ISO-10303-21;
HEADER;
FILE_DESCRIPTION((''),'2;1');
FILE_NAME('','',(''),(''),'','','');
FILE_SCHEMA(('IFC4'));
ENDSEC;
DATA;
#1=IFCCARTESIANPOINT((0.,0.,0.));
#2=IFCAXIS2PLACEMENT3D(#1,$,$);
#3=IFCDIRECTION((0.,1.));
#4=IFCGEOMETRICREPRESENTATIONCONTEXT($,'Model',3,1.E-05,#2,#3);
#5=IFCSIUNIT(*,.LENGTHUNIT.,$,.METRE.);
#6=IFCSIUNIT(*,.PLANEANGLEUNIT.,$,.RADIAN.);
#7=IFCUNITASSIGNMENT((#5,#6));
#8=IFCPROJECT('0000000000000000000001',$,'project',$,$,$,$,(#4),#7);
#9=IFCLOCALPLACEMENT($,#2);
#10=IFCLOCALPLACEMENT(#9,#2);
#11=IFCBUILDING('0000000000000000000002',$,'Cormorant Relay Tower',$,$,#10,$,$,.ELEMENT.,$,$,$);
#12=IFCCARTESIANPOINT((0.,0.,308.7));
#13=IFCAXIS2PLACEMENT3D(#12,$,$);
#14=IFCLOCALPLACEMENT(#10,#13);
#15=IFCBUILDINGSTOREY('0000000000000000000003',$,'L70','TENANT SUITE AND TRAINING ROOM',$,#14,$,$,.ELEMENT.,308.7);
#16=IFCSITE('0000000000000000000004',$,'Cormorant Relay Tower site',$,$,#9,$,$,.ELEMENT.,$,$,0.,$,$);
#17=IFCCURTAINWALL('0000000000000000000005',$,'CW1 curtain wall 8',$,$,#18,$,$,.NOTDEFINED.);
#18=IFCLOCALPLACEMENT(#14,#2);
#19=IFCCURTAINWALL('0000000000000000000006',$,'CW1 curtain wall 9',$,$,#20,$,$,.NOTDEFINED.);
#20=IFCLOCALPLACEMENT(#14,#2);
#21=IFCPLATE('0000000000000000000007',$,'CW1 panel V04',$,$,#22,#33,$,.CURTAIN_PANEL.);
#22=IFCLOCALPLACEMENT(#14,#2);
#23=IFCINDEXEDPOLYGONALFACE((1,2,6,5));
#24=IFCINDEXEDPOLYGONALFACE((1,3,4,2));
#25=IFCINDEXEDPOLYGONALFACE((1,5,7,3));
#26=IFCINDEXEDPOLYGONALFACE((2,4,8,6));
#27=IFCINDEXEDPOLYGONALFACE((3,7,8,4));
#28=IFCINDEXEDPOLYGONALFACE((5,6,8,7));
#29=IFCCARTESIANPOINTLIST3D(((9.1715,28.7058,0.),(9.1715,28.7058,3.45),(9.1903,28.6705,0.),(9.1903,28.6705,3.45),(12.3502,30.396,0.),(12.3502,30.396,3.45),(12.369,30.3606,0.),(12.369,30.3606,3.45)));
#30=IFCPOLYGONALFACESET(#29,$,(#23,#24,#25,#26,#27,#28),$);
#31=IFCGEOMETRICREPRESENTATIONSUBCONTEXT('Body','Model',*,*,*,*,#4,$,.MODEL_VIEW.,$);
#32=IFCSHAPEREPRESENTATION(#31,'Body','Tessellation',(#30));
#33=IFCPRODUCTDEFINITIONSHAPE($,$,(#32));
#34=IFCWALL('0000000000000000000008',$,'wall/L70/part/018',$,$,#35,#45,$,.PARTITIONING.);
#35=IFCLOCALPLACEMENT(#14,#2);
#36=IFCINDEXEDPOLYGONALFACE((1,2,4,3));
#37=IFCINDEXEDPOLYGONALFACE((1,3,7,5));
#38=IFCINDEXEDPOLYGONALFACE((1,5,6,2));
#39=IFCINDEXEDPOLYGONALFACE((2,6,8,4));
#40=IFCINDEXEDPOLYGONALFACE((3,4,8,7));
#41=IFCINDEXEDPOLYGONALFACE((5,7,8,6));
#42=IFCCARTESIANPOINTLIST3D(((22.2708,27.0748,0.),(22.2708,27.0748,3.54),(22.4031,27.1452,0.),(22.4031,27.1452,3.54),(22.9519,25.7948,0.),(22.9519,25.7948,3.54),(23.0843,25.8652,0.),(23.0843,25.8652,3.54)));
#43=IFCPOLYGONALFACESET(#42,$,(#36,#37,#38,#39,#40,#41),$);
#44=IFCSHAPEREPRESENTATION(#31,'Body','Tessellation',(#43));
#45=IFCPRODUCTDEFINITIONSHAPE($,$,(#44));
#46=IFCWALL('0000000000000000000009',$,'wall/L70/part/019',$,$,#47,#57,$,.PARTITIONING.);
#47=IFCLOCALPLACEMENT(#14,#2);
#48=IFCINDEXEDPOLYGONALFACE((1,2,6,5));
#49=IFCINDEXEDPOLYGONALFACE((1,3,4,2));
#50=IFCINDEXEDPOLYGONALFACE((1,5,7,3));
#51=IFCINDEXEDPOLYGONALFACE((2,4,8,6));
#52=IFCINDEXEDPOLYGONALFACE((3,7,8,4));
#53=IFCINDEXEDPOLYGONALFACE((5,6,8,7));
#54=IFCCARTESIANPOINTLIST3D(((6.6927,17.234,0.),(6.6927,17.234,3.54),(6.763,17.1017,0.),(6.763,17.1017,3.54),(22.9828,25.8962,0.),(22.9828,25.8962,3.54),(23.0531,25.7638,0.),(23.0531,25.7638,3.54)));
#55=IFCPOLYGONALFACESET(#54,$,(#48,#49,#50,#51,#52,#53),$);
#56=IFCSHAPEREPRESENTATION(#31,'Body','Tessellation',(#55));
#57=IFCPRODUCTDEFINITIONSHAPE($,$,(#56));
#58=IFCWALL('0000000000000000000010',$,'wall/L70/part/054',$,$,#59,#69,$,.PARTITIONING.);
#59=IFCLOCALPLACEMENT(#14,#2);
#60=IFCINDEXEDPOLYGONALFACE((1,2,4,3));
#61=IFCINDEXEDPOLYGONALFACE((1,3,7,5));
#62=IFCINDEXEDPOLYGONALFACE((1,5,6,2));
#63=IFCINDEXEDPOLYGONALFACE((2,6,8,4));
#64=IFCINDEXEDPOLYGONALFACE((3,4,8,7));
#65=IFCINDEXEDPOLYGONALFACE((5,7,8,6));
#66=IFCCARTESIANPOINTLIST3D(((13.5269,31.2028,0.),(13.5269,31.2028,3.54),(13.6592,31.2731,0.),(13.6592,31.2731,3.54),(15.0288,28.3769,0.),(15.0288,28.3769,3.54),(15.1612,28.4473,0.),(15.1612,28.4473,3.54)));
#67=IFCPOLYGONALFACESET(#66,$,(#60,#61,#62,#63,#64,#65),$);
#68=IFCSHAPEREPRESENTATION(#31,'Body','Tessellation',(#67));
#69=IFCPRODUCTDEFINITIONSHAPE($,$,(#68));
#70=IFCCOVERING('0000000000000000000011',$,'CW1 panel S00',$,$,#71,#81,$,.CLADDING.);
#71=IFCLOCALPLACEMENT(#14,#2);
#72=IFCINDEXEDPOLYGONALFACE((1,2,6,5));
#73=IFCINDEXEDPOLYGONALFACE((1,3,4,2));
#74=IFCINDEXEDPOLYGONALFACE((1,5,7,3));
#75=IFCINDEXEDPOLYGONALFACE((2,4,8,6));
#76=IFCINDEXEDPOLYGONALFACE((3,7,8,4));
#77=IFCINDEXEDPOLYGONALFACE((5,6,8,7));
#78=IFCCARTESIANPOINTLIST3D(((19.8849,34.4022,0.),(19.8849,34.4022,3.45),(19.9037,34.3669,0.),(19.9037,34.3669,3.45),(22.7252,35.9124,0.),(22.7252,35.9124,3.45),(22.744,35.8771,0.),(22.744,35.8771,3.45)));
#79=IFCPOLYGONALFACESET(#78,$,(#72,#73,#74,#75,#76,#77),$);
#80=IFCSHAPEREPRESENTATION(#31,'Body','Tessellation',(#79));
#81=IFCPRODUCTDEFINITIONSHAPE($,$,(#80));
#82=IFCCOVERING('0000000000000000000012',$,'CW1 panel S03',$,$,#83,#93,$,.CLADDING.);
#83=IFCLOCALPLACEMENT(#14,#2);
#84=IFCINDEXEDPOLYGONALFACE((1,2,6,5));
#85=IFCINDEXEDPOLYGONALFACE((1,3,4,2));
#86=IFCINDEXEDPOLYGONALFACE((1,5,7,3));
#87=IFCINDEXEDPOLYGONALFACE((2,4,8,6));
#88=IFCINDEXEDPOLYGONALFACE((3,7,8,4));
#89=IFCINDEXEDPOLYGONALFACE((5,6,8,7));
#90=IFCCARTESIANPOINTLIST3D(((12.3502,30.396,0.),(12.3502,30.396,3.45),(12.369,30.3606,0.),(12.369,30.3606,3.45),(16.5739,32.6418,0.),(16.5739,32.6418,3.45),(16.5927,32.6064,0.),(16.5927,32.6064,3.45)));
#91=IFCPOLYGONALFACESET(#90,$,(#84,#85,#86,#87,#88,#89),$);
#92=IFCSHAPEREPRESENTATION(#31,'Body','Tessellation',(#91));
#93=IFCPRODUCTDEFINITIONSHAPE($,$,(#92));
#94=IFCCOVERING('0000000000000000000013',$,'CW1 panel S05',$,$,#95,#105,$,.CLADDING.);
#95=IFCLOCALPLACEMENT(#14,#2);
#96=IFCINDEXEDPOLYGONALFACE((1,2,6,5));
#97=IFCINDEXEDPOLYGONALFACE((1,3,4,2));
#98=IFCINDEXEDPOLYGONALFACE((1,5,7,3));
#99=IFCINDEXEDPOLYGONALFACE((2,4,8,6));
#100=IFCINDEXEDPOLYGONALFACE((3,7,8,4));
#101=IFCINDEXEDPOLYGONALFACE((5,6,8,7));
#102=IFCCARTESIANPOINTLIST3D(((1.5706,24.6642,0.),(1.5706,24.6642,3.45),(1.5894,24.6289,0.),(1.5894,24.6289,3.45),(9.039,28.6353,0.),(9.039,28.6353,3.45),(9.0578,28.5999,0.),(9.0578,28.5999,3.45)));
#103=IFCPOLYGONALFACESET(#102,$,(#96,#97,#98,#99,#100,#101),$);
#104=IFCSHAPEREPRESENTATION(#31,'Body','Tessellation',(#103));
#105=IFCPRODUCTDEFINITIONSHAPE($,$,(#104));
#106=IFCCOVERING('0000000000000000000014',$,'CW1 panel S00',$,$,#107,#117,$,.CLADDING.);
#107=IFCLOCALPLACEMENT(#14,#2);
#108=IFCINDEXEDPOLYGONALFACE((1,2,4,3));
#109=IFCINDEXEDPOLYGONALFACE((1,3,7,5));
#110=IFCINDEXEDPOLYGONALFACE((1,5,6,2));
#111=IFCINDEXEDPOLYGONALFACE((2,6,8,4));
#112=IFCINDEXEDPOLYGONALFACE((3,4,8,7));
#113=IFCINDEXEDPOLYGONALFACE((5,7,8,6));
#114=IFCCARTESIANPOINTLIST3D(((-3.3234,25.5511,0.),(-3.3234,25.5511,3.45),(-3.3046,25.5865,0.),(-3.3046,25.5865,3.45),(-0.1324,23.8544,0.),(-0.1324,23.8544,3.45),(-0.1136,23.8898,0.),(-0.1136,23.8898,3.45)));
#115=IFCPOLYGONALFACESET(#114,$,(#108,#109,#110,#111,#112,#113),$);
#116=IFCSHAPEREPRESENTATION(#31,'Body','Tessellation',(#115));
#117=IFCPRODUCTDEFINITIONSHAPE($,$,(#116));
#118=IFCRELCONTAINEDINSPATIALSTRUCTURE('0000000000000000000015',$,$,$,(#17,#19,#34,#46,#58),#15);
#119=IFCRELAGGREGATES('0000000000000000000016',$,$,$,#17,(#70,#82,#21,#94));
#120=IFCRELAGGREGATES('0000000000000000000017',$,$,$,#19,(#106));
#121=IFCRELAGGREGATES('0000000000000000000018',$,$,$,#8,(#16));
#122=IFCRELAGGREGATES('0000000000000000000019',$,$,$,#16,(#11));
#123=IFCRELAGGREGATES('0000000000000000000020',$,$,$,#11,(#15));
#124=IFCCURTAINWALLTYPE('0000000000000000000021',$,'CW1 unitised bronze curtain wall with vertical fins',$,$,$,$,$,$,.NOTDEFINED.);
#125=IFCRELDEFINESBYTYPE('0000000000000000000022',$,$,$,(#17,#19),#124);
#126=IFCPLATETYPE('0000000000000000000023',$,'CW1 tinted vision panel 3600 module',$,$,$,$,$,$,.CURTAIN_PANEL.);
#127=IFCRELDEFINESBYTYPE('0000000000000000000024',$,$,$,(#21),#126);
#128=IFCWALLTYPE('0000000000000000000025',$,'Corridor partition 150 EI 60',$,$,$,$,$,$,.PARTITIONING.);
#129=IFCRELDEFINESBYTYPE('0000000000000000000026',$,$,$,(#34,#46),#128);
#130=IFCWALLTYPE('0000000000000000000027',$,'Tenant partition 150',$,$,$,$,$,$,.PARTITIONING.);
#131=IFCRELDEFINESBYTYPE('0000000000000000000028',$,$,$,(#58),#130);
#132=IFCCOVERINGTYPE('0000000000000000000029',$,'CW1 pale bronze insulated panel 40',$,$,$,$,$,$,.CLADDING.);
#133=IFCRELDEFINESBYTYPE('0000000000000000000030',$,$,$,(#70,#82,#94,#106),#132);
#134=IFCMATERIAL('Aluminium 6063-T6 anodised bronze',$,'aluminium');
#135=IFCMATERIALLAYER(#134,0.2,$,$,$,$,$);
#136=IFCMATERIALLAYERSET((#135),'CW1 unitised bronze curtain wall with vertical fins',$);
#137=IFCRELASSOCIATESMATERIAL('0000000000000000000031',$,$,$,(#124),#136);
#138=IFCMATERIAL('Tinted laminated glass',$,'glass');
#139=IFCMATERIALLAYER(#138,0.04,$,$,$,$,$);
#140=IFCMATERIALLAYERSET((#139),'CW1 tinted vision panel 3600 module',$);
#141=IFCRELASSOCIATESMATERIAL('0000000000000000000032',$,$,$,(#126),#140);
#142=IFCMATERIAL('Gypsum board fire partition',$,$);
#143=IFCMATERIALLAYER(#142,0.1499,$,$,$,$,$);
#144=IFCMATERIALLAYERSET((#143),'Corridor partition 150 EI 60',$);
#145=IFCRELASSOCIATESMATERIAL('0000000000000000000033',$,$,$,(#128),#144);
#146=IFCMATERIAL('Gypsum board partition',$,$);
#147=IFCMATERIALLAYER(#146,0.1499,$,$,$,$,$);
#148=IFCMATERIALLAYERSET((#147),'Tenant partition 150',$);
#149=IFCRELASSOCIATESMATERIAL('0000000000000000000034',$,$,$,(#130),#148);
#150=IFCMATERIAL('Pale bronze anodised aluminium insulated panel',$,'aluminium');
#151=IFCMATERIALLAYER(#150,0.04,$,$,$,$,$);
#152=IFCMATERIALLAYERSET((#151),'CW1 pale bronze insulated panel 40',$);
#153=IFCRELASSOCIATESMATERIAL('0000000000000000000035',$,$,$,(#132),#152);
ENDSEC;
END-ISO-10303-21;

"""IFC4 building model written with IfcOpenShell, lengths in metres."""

from ifc_helpers import new_model, si_unit, direction, frame, frame_2d, origin, origin_2d, place, context, subcontext, project, spatial, rectangle, extrude, material, layer, layer_set, type_object, element, aggregate, save


model = new_model("IFC4")

# Units and contexts
model_context = context("Model", 3, precision=1e-05, world=origin(), true_north=direction((0.0, 1.0)))
body_context = subcontext(model_context, "Body", "Model", "MODEL_VIEW")
ifc_project = project(units=[si_unit("LENGTHUNIT", "METRE"), si_unit("PLANEANGLEUNIT", "RADIAN")], contexts=[model_context])

# Site, building, storey
site_placement = place(None, origin())
site = spatial("IfcSite", under=ifc_project, at=site_placement, Name="Cormorant Relay Tower site", CompositionType="ELEMENT", RefElevation=0.0)
building_placement = place(site_placement, origin())
building = spatial("IfcBuilding", under=site, at=building_placement, Name="Cormorant Relay Tower", CompositionType="ELEMENT")
storey_placement = place(building_placement, frame((0.0, 0.0, 308.7)))
storey = spatial("IfcBuildingStorey", under=building, at=storey_placement, Name="L70", Description="TENANT SUITE AND TRAINING ROOM", CompositionType="ELEMENT", Elevation=308.7)

# Curtain walls
ifc_material_1 = material(Name="Aluminium 6063-T6 anodised bronze", Category="aluminium")
ifc_layer_1 = layer(ifc_material_1, 0.2)
ifc_layer_set_1 = layer_set([ifc_layer_1], Name="CW1 unitised bronze curtain wall with vertical fins")
curtain_wall_type = type_object("IfcCurtainWallType", Name="CW1 unitised bronze curtain wall with vertical fins", PredefinedType="NOTDEFINED", material=ifc_layer_set_1)
curtain_wall_1_placement = place(storey_placement, origin())
curtain_wall_1 = element("IfcCurtainWall", 1, at=curtain_wall_1_placement, inside=storey, type_object=curtain_wall_type, Name="CW1 curtain wall 8", PredefinedType="NOTDEFINED")
curtain_wall_2_placement = place(storey_placement, origin())
curtain_wall_2 = element("IfcCurtainWall", 2, at=curtain_wall_2_placement, inside=storey, type_object=curtain_wall_type, Name="CW1 curtain wall 9", PredefinedType="NOTDEFINED")

# Plate
ifc_material_2 = material(Name="Tinted laminated glass", Category="glass")
ifc_layer_2 = layer(ifc_material_2, 0.04)
ifc_layer_set_2 = layer_set([ifc_layer_2], Name="CW1 tinted vision panel 3600 module")
plate_type_1 = type_object("IfcPlateType", Name="CW1 tinted vision panel 3600 module", PredefinedType="CURTAIN_PANEL", material=ifc_layer_set_2)
plate_1_placement = place(storey_placement, frame((10.7703, 29.5332, 0.0), z_axis=(0.0, 0.0, 1.0), x_axis=(-0.882948, -0.469472, 0.0)))
plate_1 = element("IfcPlate", 3, at=plate_1_placement, type_object=plate_type_1, Name="CW1 panel V04", PredefinedType="CURTAIN_PANEL", context=body_context, shape_type="SweptSolid", body=[
    extrude(rectangle(XDim=3.6001, YDim=0.04, at=origin_2d()), origin(), (0.0, 0.0, 1.0), 3.45),
])

# Walls
ifc_material_3 = material(Name="Gypsum board fire partition")
ifc_layer_3 = layer(ifc_material_3, 0.1499)
ifc_layer_set_3 = layer_set([ifc_layer_3], Name="Corridor partition 150 EI 60")
wall_type_1 = type_object("IfcWallType", Name="Corridor partition 150 EI 60", PredefinedType="PARTITIONING", material=ifc_layer_set_3)
wall_1_placement = place(storey_placement, frame((22.3369, 27.1101, 0.0), z_axis=(0.0, 0.0, 1.0), x_axis=(0.469767, -0.882791, 0.0)))
element("IfcWall", 4, at=wall_1_placement, inside=storey, type_object=wall_type_1, Name="wall/L70/part/018", PredefinedType="PARTITIONING", context=body_context, shape_type="SweptSolid", body=[
    extrude(rectangle(XDim=1.45, YDim=0.1499, at=frame_2d((0.7251, 0.0))), origin(), (0.0, 0.0, 1.0), 3.54),
])
wall_2_placement = place(storey_placement, frame((23.0181, 25.8301, 0.0), z_axis=(0.0, 0.0, 1.0), x_axis=(-0.882935, -0.469494, 0.0)))
element("IfcWall", 5, at=wall_2_placement, inside=storey, type_object=wall_type_1, Name="wall/L70/part/019", PredefinedType="PARTITIONING", context=body_context, shape_type="SweptSolid", body=[
    extrude(rectangle(XDim=18.45, YDim=0.1499, at=frame_2d((9.2251, 0.0))), origin(), (0.0, 0.0, 1.0), 3.54),
])
ifc_material_4 = material(Name="Gypsum board partition")
ifc_layer_4 = layer(ifc_material_4, 0.1499)
ifc_layer_set_4 = layer_set([ifc_layer_4], Name="Tenant partition 150")
wall_type_2 = type_object("IfcWallType", Name="Tenant partition 150", PredefinedType="PARTITIONING", material=ifc_layer_set_4)
wall_3_placement = place(storey_placement, frame((15.095, 28.4121, 0.0), z_axis=(0.0, 0.0, 1.0), x_axis=(-0.469321, 0.883028, 0.0)))
element("IfcWall", 6, at=wall_3_placement, inside=storey, type_object=wall_type_2, Name="wall/L70/part/054", PredefinedType="PARTITIONING", context=body_context, shape_type="SweptSolid", body=[
    extrude(rectangle(XDim=3.2002, YDim=0.1499, at=frame_2d((1.6001, 0.0))), origin(), (0.0, 0.0, 1.0), 3.54),
])

# Coverings
ifc_material_5 = material(Name="Pale bronze anodised aluminium insulated panel", Category="aluminium")
ifc_layer_5 = layer(ifc_material_5, 0.04)
ifc_layer_set_5 = layer_set([ifc_layer_5], Name="CW1 pale bronze insulated panel 40")
covering_type = type_object("IfcCoveringType", Name="CW1 pale bronze insulated panel 40", PredefinedType="CLADDING", material=ifc_layer_set_5)
covering_1_placement = place(storey_placement, frame((21.3145, 35.1396, 0.0), z_axis=(0.0, 0.0, 1.0), x_axis=(-0.882948, -0.469472, 0.0)))
covering_1 = element("IfcCovering", 7, at=covering_1_placement, type_object=covering_type, Name="CW1 panel S00", PredefinedType="CLADDING", context=body_context, shape_type="SweptSolid", body=[
    extrude(rectangle(XDim=3.2168, YDim=0.04, at=origin_2d()), origin(), (0.0, 0.0, 1.0), 3.45),
])
covering_2_placement = place(storey_placement, frame((14.4714, 31.5012, 0.0), z_axis=(0.0, 0.0, 1.0), x_axis=(-0.882948, -0.469472, 0.0)))
covering_2 = element("IfcCovering", 8, at=covering_2_placement, type_object=covering_type, Name="CW1 panel S03", PredefinedType="CLADDING", context=body_context, shape_type="SweptSolid", body=[
    extrude(rectangle(XDim=4.7837, YDim=0.04, at=origin_2d()), origin(), (0.0, 0.0, 1.0), 3.45),
])
covering_3_placement = place(storey_placement, frame((5.3142, 26.6321, 0.0), z_axis=(0.0, 0.0, 1.0), x_axis=(-0.882948, -0.469472, 0.0)))
covering_3 = element("IfcCovering", 9, at=covering_3_placement, type_object=covering_type, Name="CW1 panel S05", PredefinedType="CLADDING", context=body_context, shape_type="SweptSolid", body=[
    extrude(rectangle(XDim=8.4585, YDim=0.04, at=origin_2d()), origin(), (0.0, 0.0, 1.0), 3.45),
])
aggregate(curtain_wall_1, [covering_1, covering_2, plate_1, covering_3])
covering_4_placement = place(storey_placement, frame((-1.7185, 24.7205, 0.0), z_axis=(0.0, 0.0, 1.0), x_axis=(-0.882948, 0.469472, 0.0)))
covering_4 = element("IfcCovering", 10, at=covering_4_placement, type_object=covering_type, Name="CW1 panel S00", PredefinedType="CLADDING", context=body_context, shape_type="SweptSolid", body=[
    extrude(rectangle(XDim=3.614, YDim=0.04, at=origin_2d()), origin(), (0.0, 0.0, 1.0), 3.45),
])
aggregate(curtain_wall_2, [covering_4])

save(model, "model.ifc")
